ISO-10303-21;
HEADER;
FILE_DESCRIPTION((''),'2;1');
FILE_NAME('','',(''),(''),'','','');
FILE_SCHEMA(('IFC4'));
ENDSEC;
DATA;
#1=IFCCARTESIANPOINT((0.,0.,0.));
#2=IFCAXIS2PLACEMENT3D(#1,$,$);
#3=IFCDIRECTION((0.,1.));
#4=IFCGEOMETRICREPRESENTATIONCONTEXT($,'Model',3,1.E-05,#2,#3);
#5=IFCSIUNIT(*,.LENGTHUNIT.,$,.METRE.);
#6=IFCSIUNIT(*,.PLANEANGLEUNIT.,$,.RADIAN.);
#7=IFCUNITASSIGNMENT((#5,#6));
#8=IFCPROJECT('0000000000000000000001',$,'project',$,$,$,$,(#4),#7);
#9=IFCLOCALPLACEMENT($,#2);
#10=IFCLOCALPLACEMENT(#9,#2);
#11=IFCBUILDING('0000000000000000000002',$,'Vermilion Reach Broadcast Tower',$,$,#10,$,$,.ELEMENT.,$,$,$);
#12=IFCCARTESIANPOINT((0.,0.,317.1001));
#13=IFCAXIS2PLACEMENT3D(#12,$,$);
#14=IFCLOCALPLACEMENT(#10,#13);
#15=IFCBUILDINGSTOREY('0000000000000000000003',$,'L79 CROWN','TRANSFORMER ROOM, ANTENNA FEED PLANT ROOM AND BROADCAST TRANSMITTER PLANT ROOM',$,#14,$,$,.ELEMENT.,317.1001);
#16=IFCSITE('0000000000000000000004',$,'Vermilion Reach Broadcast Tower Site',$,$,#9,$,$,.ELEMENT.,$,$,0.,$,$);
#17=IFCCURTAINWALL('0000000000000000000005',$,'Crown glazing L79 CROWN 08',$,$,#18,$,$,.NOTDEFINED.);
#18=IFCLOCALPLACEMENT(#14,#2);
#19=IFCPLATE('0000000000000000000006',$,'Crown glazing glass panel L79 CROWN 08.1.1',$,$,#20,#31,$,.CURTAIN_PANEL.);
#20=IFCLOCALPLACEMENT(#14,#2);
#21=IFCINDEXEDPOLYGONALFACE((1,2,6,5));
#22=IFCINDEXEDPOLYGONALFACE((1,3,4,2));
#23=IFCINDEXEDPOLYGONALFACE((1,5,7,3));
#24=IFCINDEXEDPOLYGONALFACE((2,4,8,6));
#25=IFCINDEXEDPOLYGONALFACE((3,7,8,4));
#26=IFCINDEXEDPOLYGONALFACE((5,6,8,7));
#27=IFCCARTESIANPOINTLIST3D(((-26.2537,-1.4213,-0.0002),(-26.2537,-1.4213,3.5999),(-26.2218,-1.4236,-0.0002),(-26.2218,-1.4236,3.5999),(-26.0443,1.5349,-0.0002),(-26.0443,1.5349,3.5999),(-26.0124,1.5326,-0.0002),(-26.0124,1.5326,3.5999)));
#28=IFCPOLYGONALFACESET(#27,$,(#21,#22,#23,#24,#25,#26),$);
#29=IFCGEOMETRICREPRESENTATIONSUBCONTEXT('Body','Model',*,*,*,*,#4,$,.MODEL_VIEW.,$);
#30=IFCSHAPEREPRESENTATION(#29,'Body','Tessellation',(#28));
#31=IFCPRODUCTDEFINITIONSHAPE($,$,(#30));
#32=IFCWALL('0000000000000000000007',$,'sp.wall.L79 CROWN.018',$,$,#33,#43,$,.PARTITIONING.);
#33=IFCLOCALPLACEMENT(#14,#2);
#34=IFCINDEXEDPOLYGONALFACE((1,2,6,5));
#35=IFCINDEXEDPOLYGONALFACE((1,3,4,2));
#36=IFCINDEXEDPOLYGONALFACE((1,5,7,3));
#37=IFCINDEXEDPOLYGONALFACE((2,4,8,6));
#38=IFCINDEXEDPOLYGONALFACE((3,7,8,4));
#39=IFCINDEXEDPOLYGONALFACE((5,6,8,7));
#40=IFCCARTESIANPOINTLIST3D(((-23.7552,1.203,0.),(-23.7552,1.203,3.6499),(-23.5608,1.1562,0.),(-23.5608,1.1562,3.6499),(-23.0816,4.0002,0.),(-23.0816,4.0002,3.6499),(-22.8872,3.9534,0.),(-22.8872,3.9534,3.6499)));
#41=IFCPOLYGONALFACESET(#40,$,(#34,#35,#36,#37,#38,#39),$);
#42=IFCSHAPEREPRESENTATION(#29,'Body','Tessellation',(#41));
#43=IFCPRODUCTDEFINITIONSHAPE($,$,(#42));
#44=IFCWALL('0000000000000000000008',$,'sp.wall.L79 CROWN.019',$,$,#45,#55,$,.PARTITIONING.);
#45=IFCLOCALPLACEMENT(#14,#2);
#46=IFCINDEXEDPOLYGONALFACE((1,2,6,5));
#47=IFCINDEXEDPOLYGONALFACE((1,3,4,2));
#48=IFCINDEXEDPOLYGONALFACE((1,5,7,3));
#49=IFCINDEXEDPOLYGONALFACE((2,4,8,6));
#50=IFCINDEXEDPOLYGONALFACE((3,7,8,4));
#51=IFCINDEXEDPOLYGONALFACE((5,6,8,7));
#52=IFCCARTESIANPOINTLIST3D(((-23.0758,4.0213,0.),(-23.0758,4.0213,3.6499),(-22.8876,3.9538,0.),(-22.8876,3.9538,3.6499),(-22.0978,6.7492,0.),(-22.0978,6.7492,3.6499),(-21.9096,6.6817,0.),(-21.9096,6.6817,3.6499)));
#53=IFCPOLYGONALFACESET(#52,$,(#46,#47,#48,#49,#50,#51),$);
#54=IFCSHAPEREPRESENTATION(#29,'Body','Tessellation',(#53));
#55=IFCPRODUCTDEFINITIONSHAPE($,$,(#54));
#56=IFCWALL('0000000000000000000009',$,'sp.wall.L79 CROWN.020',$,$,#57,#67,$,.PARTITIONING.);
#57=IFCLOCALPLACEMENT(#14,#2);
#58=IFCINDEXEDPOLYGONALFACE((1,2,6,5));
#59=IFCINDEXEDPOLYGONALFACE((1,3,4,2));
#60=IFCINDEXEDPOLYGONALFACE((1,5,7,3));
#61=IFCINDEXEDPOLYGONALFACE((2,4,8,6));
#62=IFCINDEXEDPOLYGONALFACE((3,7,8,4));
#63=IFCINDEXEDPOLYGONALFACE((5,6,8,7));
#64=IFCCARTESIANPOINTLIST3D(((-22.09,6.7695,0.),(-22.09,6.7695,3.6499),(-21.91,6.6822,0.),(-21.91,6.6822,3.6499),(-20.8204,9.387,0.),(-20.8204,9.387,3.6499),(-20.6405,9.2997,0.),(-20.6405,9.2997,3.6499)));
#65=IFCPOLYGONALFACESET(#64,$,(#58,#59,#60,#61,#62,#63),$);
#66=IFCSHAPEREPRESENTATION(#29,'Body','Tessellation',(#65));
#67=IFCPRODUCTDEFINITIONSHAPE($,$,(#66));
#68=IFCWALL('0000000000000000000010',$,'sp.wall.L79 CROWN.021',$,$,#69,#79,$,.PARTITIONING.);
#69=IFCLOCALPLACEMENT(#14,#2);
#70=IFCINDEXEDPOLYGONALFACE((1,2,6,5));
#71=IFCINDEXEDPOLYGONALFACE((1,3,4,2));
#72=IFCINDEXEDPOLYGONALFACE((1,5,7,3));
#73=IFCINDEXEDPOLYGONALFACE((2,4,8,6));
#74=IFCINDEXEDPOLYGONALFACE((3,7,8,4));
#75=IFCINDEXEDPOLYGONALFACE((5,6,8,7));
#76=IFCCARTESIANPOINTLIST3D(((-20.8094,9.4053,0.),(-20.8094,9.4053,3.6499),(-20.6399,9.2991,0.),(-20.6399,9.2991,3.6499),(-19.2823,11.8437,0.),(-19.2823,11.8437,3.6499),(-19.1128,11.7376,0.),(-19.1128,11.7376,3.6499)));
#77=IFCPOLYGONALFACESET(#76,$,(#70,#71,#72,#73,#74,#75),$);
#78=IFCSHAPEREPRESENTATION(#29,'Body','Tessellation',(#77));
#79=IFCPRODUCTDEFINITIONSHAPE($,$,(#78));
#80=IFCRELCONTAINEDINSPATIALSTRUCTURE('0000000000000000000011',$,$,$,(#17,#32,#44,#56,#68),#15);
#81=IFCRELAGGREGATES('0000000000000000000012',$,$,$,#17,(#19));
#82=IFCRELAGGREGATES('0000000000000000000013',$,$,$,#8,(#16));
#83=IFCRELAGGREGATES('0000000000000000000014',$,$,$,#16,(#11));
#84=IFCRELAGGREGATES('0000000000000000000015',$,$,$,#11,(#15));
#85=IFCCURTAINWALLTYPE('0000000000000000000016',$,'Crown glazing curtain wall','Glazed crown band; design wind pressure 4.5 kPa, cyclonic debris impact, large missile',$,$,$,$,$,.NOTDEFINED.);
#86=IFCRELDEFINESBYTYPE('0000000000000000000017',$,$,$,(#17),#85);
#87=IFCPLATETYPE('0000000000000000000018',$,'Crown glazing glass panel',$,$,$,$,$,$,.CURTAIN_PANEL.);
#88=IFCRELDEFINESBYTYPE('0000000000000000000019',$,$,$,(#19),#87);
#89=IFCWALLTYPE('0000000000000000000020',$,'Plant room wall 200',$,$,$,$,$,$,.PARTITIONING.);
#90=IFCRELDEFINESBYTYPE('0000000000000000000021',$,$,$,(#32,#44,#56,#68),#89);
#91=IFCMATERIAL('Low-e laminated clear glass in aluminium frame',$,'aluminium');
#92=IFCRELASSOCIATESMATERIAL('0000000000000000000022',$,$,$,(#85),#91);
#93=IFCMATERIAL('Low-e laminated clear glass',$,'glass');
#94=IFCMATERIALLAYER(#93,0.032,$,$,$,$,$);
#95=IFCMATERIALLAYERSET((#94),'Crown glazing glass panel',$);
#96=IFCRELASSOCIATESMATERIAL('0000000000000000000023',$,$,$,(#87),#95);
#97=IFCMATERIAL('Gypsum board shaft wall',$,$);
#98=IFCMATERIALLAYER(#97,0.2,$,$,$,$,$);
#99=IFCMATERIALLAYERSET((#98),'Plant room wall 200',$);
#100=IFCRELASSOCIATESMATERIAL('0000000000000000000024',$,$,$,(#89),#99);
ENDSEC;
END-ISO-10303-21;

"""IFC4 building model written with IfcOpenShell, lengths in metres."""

from ifc_helpers import new_model, si_unit, direction, frame, frame_2d, origin, origin_2d, place, context, subcontext, project, spatial, rectangle, extrude, material, layer, layer_set, type_object, element, aggregate, save


model = new_model("IFC4")

# Units and contexts
model_context = context("Model", 3, precision=1e-05, world=origin(), true_north=direction((0.0, 1.0)))
body_context = subcontext(model_context, "Body", "Model", "MODEL_VIEW")
ifc_project = project(units=[si_unit("LENGTHUNIT", "METRE"), si_unit("PLANEANGLEUNIT", "RADIAN")], contexts=[model_context])

# Site, building, storey
site_placement = place(None, origin())
site = spatial("IfcSite", under=ifc_project, at=site_placement, Name="Vermilion Reach Broadcast Tower Site", CompositionType="ELEMENT", RefElevation=0.0)
building_placement = place(site_placement, origin())
building = spatial("IfcBuilding", under=site, at=building_placement, Name="Vermilion Reach Broadcast Tower", CompositionType="ELEMENT")
storey_placement = place(building_placement, frame((0.0, 0.0, 317.1001)))
storey = spatial("IfcBuildingStorey", under=building, at=storey_placement, Name="L79 CROWN", Description="TRANSFORMER ROOM, ANTENNA FEED PLANT ROOM AND BROADCAST TRANSMITTER PLANT ROOM", CompositionType="ELEMENT", Elevation=317.1001)

# Shared definitions
ifc_material_1 = material(Name="Low-e laminated clear glass in aluminium frame", Category="aluminium")
curtain_wall_type = type_object("IfcCurtainWallType", Name="Crown glazing curtain wall", Description="Glazed crown band; design wind pressure 4.5 kPa, cyclonic debris impact, large missile", PredefinedType="NOTDEFINED", material=ifc_material_1)
placement = place(storey_placement, origin())

# Curtain wall
curtain_wall_1 = element("IfcCurtainWall", 1, at=placement, inside=storey, type_object=curtain_wall_type, Name="Crown glazing L79 CROWN 08", PredefinedType="NOTDEFINED")

# Plate
ifc_material_2 = material(Name="Low-e laminated clear glass", Category="glass")
ifc_layer_1 = layer(ifc_material_2, 0.032)
ifc_layer_set_1 = layer_set([ifc_layer_1], Name="Crown glazing glass panel")
plate_type = type_object("IfcPlateType", Name="Crown glazing glass panel", PredefinedType="CURTAIN_PANEL", material=ifc_layer_set_1)
plate_1_placement = place(storey_placement, frame((-26.1331, 0.0557, -0.0002), z_axis=(0.0, 0.0, 1.0), x_axis=(-0.070673, -0.9975, 0.0)))
plate_1 = element("IfcPlate", 2, at=plate_1_placement, type_object=plate_type, Name="Crown glazing glass panel L79 CROWN 08.1.1", PredefinedType="CURTAIN_PANEL", context=body_context, shape_type="SweptSolid", body=[
    extrude(rectangle(XDim=2.9636, YDim=0.032, at=origin_2d()), origin(), (0.0, 0.0, 1.0), 3.6001),
])
aggregate(curtain_wall_1, [plate_1])

# Walls
ifc_material_3 = material(Name="Gypsum board shaft wall")
ifc_layer_2 = layer(ifc_material_3, 0.2)
ifc_layer_set_2 = layer_set([ifc_layer_2], Name="Plant room wall 200")
wall_type = type_object("IfcWallType", Name="Plant room wall 200", PredefinedType="PARTITIONING", material=ifc_layer_set_2)
wall_1_placement = place(storey_placement, frame((-23.658, 1.1797, 0.0), z_axis=(0.0, 0.0, 1.0), x_axis=(0.234121, 0.972208, 0.0)))
element("IfcWall", 3, at=wall_1_placement, inside=storey, type_object=wall_type, Name="sp.wall.L79 CROWN.018", PredefinedType="PARTITIONING", context=body_context, shape_type="SweptSolid", body=[
    extrude(rectangle(XDim=2.8772, YDim=0.2, at=frame_2d((1.4385, 0.0))), origin(), (0.0, 0.0, 1.0), 3.6499),
])
wall_2_placement = place(storey_placement, frame((-22.9817, 3.9875, 0.0), z_axis=(0.0, 0.0, 1.0), x_axis=(0.337478, 0.941333, 0.0)))
element("IfcWall", 4, at=wall_2_placement, inside=storey, type_object=wall_type, Name="sp.wall.L79 CROWN.019", PredefinedType="PARTITIONING", context=body_context, shape_type="SweptSolid", body=[
    extrude(rectangle(XDim=2.8979, YDim=0.2, at=frame_2d((1.449, 0.0))), origin(), (0.0, 0.0, 1.0), 3.6499),
])
wall_3_placement = place(storey_placement, frame((-22.0, 6.7258, 0.0), z_axis=(0.0, 0.0, 1.0), x_axis=(0.436405, 0.89975, 0.0)))
element("IfcWall", 5, at=wall_3_placement, inside=storey, type_object=wall_type, Name="sp.wall.L79 CROWN.020", PredefinedType="PARTITIONING", context=body_context, shape_type="SweptSolid", body=[
    extrude(rectangle(XDim=2.9092, YDim=0.2, at=frame_2d((1.4546, 0.0))), origin(), (0.0, 0.0, 1.0), 3.6499),
])
wall_4_placement = place(storey_placement, frame((-20.7246, 9.3523, 0.0), z_axis=(0.0, 0.0, 1.0), x_axis=(0.530761, 0.847521, 0.0)))
element("IfcWall", 6, at=wall_4_placement, inside=storey, type_object=wall_type, Name="sp.wall.L79 CROWN.021", PredefinedType="PARTITIONING", context=body_context, shape_type="SweptSolid", body=[
    extrude(rectangle(XDim=2.8772, YDim=0.2, at=frame_2d((1.4385, 0.0))), origin(), (0.0, 0.0, 1.0), 3.6499),
])

save(model, "model.ifc")
